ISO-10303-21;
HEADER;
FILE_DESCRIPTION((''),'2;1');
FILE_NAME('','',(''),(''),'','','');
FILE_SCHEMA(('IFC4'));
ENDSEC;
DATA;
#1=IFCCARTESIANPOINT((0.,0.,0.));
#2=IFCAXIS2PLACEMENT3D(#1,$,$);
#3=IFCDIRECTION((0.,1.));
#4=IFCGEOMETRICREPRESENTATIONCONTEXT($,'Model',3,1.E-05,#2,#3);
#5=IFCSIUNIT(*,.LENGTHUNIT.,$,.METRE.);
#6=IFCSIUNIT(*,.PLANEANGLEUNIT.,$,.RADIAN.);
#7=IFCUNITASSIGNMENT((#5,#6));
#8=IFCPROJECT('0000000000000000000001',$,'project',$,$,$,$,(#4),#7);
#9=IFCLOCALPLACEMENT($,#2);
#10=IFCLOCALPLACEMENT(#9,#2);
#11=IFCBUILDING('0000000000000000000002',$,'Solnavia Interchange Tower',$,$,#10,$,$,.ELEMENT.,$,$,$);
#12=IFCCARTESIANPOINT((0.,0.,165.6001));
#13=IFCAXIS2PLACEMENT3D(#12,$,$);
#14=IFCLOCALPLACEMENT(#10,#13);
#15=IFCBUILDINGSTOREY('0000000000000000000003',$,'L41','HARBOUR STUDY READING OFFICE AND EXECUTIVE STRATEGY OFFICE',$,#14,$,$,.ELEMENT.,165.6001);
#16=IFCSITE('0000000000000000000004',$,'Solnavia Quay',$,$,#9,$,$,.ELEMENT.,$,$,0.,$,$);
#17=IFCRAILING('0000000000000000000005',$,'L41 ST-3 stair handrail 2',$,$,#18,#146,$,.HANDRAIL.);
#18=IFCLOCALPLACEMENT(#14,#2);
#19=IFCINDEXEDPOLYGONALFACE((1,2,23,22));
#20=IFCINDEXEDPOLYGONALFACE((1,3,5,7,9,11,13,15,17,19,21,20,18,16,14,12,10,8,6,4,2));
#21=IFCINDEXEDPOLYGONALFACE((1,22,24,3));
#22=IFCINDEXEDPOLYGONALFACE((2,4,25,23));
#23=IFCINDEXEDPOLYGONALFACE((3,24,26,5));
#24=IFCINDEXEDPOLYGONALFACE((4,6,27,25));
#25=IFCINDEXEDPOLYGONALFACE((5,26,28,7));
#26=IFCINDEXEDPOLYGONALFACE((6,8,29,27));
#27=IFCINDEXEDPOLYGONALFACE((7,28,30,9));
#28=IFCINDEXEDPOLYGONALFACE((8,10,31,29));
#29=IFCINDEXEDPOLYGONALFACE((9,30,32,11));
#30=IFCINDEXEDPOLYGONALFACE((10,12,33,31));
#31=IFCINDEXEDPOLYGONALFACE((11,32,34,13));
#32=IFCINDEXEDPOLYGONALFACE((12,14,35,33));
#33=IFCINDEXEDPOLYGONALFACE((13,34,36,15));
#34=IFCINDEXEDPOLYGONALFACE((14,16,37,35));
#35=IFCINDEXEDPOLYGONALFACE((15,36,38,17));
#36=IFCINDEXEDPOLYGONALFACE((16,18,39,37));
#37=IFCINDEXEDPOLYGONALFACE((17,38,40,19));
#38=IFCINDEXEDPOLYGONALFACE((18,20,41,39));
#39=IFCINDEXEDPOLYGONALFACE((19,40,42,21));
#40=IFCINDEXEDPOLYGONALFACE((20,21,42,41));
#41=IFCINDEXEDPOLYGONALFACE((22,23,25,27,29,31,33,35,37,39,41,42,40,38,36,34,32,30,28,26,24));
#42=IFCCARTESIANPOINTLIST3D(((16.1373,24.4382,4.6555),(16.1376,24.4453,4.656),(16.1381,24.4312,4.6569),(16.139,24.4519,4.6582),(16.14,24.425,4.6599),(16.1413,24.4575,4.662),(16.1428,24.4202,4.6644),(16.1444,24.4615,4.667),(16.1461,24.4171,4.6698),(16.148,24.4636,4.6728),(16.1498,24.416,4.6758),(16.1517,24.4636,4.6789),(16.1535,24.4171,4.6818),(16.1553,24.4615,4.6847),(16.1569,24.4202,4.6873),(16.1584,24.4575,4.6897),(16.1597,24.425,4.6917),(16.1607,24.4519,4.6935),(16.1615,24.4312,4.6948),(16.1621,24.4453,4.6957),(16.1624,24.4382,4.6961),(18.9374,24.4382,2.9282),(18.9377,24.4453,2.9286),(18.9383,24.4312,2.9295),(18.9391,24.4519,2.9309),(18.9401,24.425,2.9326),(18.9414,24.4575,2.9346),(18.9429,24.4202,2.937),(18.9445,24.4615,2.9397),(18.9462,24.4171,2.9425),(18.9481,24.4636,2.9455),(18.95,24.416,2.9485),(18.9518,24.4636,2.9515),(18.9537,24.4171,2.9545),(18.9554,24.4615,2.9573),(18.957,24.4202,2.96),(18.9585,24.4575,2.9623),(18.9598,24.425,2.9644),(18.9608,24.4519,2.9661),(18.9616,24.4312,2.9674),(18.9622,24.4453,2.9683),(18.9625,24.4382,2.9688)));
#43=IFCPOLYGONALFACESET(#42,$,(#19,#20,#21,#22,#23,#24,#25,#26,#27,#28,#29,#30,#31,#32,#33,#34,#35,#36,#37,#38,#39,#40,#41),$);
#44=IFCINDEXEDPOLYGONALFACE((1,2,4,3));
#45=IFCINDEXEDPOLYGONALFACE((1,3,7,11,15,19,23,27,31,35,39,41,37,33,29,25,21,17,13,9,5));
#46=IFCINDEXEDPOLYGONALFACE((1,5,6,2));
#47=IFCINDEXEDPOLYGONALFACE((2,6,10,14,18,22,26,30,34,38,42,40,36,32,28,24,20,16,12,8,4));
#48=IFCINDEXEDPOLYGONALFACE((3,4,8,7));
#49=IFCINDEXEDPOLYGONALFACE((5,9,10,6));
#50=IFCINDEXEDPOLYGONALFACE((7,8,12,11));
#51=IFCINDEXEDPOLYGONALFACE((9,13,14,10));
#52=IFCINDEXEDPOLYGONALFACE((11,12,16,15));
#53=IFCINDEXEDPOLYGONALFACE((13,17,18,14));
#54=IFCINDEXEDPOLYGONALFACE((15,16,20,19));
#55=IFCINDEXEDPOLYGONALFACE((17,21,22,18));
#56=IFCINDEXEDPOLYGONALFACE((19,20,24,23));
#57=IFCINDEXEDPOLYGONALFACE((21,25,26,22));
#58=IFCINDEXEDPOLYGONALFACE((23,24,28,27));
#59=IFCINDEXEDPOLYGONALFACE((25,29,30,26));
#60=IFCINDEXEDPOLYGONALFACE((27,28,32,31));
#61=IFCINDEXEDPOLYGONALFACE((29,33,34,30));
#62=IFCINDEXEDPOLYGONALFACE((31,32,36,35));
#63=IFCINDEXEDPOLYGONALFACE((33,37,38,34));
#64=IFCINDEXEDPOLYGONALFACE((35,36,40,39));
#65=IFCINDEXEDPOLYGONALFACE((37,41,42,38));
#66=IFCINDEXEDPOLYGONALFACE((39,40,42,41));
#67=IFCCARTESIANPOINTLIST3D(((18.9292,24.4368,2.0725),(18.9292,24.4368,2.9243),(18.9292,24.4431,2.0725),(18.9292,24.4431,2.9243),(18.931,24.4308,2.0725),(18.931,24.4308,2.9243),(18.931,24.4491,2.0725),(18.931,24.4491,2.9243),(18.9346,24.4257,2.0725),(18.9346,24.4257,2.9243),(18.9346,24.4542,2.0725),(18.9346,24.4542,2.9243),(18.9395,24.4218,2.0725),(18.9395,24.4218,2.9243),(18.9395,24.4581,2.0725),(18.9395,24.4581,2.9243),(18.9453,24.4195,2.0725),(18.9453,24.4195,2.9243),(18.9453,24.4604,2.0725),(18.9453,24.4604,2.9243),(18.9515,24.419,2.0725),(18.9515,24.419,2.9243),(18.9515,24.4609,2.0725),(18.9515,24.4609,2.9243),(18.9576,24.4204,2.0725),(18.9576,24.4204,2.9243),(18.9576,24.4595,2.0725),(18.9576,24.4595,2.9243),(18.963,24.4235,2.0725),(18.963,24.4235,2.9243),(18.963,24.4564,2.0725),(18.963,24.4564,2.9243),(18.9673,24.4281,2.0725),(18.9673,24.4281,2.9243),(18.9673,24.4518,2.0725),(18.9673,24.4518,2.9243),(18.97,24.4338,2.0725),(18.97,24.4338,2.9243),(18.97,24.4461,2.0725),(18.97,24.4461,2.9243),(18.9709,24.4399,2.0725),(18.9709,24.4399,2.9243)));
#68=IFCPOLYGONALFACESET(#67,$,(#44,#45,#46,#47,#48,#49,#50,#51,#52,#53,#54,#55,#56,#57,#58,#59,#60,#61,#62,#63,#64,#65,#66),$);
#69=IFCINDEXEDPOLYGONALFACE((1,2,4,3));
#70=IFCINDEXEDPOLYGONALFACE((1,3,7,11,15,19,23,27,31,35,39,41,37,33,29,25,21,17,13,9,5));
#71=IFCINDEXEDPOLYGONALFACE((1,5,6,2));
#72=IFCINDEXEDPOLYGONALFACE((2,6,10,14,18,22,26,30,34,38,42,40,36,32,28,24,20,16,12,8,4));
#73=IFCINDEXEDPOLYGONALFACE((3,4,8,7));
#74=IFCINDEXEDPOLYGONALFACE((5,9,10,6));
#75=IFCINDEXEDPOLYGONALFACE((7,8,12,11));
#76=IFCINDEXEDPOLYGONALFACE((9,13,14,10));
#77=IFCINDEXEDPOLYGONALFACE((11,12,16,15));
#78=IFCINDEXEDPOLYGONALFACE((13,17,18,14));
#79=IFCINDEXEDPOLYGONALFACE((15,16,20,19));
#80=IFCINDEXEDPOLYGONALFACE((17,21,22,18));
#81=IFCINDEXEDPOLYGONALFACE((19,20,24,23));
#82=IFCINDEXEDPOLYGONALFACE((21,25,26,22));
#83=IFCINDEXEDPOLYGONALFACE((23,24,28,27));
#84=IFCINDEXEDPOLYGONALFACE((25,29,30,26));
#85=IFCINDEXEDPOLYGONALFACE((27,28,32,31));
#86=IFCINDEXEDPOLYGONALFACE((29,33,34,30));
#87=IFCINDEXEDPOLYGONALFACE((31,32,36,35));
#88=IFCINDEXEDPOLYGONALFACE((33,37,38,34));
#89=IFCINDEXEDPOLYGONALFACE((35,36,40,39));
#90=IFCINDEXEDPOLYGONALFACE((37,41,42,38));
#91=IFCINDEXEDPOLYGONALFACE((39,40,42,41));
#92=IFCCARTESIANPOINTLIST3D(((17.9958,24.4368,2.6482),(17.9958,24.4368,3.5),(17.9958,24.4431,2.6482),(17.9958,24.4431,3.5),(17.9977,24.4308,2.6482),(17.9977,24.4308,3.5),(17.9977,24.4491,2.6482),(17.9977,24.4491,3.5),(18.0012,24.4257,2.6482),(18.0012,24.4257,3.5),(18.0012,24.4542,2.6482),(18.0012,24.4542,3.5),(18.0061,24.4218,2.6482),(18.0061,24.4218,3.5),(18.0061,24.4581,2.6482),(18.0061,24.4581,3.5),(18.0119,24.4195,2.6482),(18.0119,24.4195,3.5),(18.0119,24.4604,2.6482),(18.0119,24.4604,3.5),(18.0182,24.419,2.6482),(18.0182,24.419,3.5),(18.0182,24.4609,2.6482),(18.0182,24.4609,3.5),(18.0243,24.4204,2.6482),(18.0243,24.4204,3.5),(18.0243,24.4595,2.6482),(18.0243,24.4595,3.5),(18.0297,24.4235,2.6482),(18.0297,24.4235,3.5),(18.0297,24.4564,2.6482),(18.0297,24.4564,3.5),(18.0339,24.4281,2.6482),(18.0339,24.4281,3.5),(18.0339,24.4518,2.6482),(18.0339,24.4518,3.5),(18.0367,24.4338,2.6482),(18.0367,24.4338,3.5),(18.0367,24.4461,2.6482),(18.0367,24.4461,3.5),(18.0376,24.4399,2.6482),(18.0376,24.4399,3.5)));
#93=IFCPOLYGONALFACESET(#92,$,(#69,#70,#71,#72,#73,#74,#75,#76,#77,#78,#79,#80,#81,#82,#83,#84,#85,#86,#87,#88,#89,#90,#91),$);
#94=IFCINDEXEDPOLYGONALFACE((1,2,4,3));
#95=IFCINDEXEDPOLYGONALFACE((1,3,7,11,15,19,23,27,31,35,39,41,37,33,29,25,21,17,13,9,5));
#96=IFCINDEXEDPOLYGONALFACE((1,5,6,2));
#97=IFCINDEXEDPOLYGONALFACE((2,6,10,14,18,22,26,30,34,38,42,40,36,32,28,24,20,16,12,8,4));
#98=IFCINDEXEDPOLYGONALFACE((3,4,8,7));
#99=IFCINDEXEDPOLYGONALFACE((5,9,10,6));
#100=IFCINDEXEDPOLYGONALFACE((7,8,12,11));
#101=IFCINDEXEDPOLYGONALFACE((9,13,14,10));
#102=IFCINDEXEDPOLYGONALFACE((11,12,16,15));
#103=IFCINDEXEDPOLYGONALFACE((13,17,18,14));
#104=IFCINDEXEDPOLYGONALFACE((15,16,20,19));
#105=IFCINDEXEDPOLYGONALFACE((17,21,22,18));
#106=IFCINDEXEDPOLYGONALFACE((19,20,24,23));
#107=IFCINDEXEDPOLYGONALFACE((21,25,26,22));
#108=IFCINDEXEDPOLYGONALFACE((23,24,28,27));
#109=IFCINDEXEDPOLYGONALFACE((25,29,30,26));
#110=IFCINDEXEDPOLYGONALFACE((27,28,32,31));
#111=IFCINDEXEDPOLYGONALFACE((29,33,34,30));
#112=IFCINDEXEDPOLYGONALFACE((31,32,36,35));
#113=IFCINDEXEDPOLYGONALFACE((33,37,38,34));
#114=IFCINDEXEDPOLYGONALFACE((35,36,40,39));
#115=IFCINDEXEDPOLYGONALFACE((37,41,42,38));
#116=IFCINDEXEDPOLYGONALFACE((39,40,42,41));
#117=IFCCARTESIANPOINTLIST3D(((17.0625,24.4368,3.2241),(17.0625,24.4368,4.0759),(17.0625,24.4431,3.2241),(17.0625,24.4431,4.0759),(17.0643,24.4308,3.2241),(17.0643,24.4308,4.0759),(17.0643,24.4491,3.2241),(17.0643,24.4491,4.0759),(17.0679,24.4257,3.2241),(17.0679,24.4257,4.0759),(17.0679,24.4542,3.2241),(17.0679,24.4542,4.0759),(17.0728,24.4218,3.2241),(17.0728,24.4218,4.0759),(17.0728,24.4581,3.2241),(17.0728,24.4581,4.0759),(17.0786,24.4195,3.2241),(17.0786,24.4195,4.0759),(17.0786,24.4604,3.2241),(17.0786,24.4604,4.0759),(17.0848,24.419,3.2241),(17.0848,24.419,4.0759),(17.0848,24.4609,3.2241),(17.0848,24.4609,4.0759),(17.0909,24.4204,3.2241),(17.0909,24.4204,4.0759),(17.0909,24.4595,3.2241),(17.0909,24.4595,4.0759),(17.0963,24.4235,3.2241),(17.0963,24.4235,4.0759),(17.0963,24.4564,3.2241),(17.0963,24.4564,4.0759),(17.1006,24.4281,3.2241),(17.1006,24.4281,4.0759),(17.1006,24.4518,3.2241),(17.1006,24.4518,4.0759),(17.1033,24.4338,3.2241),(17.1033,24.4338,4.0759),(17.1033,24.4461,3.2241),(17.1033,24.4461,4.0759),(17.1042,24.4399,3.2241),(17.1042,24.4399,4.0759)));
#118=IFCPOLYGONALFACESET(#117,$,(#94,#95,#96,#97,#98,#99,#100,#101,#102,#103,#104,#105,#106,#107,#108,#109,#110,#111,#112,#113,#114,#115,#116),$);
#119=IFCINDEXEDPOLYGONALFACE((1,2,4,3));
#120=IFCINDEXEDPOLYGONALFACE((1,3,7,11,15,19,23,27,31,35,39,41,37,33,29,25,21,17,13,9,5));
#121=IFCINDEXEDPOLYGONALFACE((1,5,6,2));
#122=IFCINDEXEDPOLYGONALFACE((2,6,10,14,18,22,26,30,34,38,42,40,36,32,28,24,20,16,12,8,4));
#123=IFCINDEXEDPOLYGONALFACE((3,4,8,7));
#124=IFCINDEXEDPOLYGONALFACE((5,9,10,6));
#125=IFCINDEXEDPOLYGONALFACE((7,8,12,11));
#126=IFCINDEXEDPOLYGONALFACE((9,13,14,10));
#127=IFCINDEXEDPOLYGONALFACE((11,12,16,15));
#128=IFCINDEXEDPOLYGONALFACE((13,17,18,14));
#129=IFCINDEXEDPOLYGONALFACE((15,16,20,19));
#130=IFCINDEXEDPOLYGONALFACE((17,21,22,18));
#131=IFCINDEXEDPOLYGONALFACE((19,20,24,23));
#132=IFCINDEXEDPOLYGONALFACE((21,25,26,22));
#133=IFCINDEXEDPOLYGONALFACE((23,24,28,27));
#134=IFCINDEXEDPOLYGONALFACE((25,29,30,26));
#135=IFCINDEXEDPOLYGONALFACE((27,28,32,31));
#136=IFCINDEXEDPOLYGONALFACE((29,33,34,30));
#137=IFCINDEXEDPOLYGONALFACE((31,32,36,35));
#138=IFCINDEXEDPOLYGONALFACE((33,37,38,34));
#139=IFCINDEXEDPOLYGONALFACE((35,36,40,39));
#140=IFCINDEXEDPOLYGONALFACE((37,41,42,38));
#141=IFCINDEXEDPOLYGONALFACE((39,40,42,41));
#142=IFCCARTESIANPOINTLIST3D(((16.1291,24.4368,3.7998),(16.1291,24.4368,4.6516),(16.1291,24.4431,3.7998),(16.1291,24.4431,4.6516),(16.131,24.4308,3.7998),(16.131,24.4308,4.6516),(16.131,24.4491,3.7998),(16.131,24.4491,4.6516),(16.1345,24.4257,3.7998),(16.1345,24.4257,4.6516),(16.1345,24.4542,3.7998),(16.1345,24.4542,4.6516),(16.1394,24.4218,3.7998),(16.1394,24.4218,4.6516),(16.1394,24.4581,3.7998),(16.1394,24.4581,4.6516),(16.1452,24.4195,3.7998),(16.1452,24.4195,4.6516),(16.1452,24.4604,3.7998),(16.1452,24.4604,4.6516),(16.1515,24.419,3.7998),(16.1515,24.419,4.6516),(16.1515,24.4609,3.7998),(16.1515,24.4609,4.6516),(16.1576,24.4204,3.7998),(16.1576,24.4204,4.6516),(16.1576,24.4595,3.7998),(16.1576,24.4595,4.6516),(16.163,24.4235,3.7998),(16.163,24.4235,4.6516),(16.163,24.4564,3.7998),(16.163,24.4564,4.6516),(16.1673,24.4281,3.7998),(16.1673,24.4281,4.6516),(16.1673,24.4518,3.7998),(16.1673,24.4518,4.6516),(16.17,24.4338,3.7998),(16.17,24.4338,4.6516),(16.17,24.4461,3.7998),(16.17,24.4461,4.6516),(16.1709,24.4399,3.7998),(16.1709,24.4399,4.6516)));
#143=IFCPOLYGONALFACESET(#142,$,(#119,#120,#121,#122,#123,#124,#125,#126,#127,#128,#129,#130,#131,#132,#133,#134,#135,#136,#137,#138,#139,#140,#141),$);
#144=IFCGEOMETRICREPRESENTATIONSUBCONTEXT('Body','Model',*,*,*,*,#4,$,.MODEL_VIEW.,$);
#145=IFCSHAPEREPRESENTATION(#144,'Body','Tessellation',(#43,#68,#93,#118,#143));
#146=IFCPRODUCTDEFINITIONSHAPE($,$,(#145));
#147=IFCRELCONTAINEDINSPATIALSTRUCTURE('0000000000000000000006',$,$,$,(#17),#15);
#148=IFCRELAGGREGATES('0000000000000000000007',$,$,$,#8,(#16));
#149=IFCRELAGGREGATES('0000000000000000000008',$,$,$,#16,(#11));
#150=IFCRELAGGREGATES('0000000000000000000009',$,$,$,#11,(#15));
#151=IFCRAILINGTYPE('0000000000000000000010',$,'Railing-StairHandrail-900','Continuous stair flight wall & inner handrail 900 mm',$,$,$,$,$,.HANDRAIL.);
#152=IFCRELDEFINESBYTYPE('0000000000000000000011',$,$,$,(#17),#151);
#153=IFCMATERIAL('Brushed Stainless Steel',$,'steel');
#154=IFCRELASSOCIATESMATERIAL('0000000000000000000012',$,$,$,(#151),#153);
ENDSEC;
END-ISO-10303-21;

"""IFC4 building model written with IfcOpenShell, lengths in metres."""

from ifc_helpers import new_model, si_unit, direction, frame, origin, origin_2d, place, context, subcontext, project, spatial, circle, extrude, material, type_object, element, save


model = new_model("IFC4")

# Units and contexts
model_context = context("Model", 3, precision=1e-05, world=origin(), true_north=direction((0.0, 1.0)))
body_context = subcontext(model_context, "Body", "Model", "MODEL_VIEW")
ifc_project = project(units=[si_unit("LENGTHUNIT", "METRE"), si_unit("PLANEANGLEUNIT", "RADIAN")], contexts=[model_context])

# Site, building, storey
site_placement = place(None, origin())
site = spatial("IfcSite", under=ifc_project, at=site_placement, Name="Solnavia Quay", CompositionType="ELEMENT", RefElevation=0.0)
building_placement = place(site_placement, origin())
building = spatial("IfcBuilding", under=site, at=building_placement, Name="Solnavia Interchange Tower", CompositionType="ELEMENT")
storey_placement = place(building_placement, frame((0.0, 0.0, 165.6001)))
storey = spatial("IfcBuildingStorey", under=building, at=storey_placement, Name="L41", Description="HARBOUR STUDY READING OFFICE AND EXECUTIVE STRATEGY OFFICE", CompositionType="ELEMENT", Elevation=165.6001)

# Railing
ifc_material_1 = material(Name="Brushed Stainless Steel", Category="steel")
railing_type = type_object("IfcRailingType", Name="Railing-StairHandrail-900", Description="Continuous stair flight wall & inner handrail 900 mm", PredefinedType="HANDRAIL", material=ifc_material_1)
railing_placement = place(storey_placement, frame((18.95, 24.4399, 2.0725)))
element("IfcRailing", 1, at=railing_placement, inside=storey, type_object=railing_type, Name="L41 ST-3 stair handrail 2", PredefinedType="HANDRAIL", context=body_context, shape_type="SweptSolid", body=[
    extrude(circle(Radius=0.0239, at=origin_2d()), frame((0.0, 0.0, 0.876), z_axis=(-0.85109, 0.0, 0.52502), x_axis=(0.0, -1.0, 0.0)), (0.0, 0.0, 1.0), 3.29),
    extrude(circle(Radius=0.021, at=origin_2d()), origin(), (0.0, 0.0, 1.0), 0.8518),
    extrude(circle(Radius=0.021, at=origin_2d()), frame((-0.9333, 0.0, 0.5757)), (0.0, 0.0, 1.0), 0.8518),
    extrude(circle(Radius=0.021, at=origin_2d()), frame((-1.8667, 0.0, 1.1516)), (0.0, 0.0, 1.0), 0.8518),
    extrude(circle(Radius=0.021, at=origin_2d()), frame((-2.8, 0.0, 1.7273)), (0.0, 0.0, 1.0), 0.8518),
])

save(model, "model.ifc")
